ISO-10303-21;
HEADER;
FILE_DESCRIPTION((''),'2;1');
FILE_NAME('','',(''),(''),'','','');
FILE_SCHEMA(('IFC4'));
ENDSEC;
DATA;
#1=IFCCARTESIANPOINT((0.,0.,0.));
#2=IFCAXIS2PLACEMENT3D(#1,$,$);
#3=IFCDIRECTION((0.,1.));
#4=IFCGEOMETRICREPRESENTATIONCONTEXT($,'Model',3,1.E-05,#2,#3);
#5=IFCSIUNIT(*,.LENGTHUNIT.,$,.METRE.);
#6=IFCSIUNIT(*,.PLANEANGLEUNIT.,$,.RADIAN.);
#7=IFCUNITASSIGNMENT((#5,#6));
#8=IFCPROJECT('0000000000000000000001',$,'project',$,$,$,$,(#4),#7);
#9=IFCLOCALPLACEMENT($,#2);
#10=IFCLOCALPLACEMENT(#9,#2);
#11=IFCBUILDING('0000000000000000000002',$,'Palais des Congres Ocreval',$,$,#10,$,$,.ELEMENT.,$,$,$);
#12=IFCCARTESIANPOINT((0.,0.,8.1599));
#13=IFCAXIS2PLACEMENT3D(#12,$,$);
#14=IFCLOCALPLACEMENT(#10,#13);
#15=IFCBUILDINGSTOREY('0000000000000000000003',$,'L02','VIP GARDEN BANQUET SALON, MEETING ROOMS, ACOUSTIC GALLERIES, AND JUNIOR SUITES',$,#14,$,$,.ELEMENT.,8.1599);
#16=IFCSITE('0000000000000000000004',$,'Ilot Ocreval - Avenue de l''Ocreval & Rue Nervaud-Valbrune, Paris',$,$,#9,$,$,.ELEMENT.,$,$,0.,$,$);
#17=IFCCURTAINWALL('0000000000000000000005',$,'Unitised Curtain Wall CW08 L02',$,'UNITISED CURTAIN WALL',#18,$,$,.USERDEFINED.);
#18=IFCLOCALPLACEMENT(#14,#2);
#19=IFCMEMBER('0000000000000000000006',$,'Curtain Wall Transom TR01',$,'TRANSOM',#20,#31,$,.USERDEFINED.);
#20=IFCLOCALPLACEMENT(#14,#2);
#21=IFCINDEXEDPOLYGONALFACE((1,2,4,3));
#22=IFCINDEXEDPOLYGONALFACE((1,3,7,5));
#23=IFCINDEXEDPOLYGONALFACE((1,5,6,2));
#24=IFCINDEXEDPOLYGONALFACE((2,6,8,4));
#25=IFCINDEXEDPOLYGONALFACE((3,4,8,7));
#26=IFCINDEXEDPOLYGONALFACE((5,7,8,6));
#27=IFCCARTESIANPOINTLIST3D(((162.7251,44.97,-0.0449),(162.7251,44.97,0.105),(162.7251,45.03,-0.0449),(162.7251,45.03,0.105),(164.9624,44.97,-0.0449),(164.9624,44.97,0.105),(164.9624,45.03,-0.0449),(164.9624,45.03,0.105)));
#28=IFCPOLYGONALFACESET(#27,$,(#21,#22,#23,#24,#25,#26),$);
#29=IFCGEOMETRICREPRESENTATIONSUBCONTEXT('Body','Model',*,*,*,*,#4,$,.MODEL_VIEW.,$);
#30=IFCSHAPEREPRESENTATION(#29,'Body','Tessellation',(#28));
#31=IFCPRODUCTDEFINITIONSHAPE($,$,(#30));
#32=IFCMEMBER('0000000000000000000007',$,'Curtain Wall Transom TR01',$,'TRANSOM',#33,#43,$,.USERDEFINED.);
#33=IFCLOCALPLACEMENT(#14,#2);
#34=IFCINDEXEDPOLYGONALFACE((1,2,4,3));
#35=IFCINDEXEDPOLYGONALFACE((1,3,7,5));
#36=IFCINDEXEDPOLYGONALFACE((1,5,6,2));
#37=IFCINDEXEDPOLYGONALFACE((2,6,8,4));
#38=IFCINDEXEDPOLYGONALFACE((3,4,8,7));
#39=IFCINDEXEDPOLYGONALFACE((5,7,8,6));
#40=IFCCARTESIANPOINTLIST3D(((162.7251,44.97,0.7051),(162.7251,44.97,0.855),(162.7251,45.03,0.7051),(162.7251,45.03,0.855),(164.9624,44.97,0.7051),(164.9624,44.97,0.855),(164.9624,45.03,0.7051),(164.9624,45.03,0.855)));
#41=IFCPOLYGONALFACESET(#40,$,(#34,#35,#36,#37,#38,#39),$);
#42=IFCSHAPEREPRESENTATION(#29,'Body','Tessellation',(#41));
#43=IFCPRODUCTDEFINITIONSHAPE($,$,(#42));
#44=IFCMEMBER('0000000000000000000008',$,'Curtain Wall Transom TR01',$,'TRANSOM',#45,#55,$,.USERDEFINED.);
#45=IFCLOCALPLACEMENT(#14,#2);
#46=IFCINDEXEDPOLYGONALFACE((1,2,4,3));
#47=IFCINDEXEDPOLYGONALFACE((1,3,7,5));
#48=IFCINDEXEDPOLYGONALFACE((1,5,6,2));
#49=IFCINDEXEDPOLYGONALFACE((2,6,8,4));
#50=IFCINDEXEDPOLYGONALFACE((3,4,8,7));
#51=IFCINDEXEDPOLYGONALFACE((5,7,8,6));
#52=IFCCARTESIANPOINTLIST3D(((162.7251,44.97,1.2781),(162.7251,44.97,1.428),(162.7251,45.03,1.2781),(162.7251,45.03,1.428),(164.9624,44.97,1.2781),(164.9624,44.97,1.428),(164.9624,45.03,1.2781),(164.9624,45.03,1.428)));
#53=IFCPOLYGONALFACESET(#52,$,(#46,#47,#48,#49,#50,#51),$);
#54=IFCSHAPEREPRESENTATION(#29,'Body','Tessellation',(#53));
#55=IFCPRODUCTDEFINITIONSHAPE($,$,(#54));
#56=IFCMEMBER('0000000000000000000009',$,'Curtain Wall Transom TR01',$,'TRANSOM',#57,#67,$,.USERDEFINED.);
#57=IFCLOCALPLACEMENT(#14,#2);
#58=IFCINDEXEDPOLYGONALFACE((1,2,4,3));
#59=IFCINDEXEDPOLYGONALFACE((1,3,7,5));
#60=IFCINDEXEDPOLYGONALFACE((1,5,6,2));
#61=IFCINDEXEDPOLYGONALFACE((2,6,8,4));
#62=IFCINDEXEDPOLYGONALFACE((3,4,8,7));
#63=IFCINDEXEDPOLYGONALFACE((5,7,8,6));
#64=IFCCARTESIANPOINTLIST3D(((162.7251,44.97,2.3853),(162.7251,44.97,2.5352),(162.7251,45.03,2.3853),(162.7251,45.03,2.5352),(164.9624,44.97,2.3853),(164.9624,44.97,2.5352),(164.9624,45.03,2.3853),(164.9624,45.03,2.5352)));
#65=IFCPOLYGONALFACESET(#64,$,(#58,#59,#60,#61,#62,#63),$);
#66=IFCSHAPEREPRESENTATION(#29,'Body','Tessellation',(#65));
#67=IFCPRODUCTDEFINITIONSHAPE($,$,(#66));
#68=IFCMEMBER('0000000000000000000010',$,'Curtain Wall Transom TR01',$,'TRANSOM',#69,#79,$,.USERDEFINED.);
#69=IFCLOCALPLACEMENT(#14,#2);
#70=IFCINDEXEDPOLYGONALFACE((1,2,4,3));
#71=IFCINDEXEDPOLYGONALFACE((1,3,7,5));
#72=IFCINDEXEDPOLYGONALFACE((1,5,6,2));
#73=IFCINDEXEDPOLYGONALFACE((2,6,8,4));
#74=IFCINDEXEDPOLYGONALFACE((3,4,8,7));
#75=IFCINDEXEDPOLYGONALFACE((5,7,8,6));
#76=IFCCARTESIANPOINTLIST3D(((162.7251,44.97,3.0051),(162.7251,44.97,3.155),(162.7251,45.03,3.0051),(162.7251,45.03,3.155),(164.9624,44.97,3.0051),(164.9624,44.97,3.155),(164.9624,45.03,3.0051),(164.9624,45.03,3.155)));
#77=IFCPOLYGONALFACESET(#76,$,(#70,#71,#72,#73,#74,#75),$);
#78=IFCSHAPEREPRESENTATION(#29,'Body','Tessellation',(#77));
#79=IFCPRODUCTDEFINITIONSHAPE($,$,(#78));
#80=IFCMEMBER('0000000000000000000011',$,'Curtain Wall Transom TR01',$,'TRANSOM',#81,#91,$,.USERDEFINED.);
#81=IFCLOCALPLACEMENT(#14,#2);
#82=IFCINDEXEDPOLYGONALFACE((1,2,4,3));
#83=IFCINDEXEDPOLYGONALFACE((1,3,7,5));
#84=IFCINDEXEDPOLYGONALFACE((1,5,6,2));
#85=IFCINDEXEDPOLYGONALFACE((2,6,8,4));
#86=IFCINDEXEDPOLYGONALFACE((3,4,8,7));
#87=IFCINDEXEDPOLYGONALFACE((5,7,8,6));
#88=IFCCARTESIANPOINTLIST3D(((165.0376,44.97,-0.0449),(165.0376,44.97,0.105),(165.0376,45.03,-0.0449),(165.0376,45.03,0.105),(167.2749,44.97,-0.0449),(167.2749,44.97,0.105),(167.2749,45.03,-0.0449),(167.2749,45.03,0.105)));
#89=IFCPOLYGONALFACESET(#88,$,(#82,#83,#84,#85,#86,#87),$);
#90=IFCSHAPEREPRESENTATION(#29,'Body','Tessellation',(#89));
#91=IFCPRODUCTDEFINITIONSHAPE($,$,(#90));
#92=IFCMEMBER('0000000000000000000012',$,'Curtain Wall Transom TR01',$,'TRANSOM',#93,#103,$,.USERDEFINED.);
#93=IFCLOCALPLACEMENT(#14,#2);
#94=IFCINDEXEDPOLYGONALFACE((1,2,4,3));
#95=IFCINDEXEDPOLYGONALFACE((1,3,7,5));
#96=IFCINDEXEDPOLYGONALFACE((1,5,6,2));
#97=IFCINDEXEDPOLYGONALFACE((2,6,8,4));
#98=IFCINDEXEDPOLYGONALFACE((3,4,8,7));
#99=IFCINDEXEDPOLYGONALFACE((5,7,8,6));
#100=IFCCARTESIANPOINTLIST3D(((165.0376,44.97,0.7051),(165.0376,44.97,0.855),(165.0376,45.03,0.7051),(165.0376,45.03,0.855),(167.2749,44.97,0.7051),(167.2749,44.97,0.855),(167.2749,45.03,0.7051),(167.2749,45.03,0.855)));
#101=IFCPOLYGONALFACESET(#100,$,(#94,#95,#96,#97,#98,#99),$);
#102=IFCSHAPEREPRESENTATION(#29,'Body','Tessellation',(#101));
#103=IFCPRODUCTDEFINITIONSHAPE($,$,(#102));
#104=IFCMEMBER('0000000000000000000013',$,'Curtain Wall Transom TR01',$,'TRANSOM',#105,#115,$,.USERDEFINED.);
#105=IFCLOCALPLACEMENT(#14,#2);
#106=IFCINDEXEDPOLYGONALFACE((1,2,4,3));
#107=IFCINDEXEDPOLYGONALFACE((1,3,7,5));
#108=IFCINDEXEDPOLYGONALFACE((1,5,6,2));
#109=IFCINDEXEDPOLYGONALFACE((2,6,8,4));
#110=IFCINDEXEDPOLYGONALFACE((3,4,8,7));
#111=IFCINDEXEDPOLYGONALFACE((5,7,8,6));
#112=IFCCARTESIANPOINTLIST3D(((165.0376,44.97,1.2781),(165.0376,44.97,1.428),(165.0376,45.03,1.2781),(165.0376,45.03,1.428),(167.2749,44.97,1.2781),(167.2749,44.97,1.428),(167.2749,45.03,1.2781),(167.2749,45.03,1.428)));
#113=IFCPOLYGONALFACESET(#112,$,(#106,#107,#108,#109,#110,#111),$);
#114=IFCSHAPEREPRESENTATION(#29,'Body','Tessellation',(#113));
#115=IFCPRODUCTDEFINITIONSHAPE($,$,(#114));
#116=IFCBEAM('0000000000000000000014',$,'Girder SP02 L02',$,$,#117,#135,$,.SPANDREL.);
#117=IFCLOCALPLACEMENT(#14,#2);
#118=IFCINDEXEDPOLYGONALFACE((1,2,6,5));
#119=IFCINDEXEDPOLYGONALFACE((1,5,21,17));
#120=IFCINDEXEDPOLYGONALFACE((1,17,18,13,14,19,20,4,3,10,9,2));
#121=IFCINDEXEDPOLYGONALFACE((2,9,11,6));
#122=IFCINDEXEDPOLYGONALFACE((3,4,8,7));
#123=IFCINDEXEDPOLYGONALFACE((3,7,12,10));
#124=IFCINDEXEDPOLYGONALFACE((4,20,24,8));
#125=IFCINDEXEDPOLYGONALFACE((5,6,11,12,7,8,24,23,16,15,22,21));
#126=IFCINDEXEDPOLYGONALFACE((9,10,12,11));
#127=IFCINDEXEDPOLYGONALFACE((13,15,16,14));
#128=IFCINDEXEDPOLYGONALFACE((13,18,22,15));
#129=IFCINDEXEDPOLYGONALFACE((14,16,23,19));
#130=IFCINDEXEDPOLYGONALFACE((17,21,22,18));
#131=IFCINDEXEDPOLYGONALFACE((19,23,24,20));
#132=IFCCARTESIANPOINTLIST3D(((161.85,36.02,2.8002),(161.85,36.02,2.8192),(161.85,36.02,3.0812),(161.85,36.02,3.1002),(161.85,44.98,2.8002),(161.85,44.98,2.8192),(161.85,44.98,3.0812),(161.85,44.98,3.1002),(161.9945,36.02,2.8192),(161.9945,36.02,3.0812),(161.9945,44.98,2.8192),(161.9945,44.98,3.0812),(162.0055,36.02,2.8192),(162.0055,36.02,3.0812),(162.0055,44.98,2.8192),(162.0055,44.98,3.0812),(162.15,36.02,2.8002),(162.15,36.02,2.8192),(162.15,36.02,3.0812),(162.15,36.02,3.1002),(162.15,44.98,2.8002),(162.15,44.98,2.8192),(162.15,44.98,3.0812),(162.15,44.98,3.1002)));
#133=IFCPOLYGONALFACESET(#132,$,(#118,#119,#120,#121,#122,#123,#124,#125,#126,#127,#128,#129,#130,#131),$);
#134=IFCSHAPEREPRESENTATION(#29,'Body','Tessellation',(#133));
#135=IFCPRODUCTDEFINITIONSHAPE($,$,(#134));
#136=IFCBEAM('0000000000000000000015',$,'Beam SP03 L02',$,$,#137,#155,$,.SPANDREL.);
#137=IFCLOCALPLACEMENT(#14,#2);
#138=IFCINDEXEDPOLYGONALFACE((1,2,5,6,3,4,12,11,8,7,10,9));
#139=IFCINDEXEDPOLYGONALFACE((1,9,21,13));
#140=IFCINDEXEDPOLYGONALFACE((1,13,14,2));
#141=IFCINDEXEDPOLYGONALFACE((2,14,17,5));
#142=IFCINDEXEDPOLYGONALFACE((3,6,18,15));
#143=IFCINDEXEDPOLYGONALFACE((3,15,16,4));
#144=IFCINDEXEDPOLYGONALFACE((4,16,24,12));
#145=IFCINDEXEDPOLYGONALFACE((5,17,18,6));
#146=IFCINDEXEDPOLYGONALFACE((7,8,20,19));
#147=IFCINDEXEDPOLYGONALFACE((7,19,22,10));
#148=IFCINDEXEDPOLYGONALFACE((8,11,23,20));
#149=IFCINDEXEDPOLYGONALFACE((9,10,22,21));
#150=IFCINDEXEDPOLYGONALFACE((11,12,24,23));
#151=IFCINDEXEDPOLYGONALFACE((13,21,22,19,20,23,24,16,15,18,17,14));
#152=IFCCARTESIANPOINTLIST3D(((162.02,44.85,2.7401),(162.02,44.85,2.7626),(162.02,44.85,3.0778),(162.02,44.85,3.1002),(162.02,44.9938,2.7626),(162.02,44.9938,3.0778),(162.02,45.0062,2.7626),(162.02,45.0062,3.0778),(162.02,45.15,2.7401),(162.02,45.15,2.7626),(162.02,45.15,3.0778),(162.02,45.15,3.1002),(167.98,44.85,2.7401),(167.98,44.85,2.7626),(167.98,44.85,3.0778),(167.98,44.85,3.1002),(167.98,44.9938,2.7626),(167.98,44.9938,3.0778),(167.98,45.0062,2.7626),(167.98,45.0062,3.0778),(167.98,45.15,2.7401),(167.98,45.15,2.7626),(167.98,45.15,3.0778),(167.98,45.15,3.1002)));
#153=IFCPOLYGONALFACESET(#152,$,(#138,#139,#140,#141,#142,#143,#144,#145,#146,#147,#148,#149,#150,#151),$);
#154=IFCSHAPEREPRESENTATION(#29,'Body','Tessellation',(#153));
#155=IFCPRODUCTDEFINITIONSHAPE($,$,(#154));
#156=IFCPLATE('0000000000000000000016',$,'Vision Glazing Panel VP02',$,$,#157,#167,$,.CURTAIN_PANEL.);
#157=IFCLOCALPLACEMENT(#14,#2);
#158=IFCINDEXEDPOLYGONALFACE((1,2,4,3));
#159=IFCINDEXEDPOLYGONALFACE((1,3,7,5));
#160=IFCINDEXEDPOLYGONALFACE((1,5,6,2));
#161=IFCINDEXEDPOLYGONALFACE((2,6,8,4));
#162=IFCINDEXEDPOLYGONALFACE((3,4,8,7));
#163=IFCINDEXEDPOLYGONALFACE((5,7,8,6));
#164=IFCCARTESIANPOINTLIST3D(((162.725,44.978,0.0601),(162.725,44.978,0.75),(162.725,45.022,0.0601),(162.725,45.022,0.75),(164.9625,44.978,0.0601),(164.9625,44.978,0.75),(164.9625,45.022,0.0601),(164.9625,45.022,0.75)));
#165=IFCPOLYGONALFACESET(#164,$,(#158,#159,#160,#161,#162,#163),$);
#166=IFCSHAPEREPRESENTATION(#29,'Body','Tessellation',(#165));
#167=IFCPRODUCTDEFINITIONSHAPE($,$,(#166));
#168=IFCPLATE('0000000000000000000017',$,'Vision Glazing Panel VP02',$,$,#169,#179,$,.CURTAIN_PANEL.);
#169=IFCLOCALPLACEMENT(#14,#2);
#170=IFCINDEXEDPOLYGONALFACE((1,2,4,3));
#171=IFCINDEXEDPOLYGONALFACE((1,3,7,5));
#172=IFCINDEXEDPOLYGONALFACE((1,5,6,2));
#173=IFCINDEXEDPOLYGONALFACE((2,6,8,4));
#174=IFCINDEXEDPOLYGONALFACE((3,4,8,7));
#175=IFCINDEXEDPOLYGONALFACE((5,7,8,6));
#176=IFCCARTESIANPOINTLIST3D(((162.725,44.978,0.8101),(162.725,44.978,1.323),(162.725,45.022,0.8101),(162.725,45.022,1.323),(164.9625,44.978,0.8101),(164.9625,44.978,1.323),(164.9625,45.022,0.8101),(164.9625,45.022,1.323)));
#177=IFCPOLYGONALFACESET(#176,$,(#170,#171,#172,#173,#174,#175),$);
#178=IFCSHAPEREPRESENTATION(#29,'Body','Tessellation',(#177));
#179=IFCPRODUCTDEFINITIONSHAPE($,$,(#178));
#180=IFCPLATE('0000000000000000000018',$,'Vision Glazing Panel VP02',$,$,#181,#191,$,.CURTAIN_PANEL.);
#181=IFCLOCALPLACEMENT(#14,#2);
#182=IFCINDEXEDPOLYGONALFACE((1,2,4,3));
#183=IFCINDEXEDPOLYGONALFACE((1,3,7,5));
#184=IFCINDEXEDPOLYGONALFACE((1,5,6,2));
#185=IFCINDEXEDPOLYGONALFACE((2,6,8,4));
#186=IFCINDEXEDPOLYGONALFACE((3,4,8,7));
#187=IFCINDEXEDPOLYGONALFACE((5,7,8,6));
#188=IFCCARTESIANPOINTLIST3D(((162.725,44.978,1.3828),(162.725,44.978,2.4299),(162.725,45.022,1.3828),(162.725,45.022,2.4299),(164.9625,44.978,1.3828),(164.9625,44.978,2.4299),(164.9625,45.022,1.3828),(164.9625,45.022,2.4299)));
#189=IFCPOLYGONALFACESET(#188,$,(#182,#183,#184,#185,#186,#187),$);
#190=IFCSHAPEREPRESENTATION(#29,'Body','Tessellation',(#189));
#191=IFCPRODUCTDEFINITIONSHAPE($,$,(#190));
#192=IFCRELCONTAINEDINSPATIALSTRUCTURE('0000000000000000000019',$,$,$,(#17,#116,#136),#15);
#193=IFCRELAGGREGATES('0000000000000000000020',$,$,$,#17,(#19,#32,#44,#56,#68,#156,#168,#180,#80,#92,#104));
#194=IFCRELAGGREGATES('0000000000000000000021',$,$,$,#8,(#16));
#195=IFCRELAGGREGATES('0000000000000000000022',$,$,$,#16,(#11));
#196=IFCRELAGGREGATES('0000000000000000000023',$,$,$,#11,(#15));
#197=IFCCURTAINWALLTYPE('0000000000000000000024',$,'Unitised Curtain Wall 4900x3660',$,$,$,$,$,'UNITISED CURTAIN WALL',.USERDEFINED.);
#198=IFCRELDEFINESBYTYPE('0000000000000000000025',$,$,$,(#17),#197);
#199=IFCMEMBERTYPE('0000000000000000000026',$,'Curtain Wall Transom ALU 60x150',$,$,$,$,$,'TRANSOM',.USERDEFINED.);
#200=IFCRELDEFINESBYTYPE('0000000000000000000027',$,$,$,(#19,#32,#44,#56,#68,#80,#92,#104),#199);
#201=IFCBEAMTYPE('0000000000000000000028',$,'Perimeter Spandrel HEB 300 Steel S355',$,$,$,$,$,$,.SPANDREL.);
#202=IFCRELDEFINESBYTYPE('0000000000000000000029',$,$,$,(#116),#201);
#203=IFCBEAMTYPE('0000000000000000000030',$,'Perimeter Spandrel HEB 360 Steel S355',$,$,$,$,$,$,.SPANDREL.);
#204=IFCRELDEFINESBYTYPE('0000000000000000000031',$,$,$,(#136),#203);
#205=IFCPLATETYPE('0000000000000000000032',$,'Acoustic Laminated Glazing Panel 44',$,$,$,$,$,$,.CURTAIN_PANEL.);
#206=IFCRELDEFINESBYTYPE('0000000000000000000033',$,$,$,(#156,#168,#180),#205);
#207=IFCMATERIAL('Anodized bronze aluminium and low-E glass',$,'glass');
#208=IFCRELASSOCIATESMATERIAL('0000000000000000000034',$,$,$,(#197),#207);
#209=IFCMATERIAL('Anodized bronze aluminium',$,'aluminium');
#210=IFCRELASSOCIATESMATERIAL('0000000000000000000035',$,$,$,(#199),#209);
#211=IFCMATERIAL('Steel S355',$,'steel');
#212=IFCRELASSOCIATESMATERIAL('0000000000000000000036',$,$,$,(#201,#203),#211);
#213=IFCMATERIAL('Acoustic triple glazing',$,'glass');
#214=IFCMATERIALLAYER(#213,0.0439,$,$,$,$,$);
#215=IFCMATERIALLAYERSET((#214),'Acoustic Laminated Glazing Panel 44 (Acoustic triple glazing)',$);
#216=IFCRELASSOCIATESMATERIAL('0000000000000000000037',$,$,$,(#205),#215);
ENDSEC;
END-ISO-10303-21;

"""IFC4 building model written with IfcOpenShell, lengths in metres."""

from ifc_helpers import new_model, si_unit, direction, frame, origin, origin_2d, place, context, subcontext, project, spatial, rectangle, i_section, extrude, material, layer, layer_set, material_profile, profile_set, type_object, element, aggregate, save


model = new_model("IFC4")

# Units and contexts
model_context = context("Model", 3, precision=1e-05, world=origin(), true_north=direction((0.0, 1.0)))
body_context = subcontext(model_context, "Body", "Model", "MODEL_VIEW")
ifc_project = project(units=[si_unit("LENGTHUNIT", "METRE"), si_unit("PLANEANGLEUNIT", "RADIAN")], contexts=[model_context])

# Site, building, storey
site_placement = place(None, origin())
site = spatial("IfcSite", under=ifc_project, at=site_placement, Name="Ilot Ocreval - Avenue de l'Ocreval & Rue Nervaud-Valbrune, Paris", CompositionType="ELEMENT", RefElevation=0.0)
building_placement = place(site_placement, origin())
building = spatial("IfcBuilding", under=site, at=building_placement, Name="Palais des Congres Ocreval", CompositionType="ELEMENT")
storey_placement = place(building_placement, frame((0.0, 0.0, 8.1599)))
storey = spatial("IfcBuildingStorey", under=building, at=storey_placement, Name="L02", Description="VIP GARDEN BANQUET SALON, MEETING ROOMS, ACOUSTIC GALLERIES, AND JUNIOR SUITES", CompositionType="ELEMENT", Elevation=8.1599)

# Shared definitions
ifc_material_1 = material(Name="Steel S355", Category="steel")

# Curtain wall
ifc_material_2 = material(Name="Anodized bronze aluminium and low-E glass", Category="glass")
ifc_material_3 = material(Name="Anodized bronze aluminium", Category="aluminium")
curtain_wall_type_1 = type_object("IfcCurtainWallType", Name="Unitised Curtain Wall 4900x3660", ElementType="UNITISED CURTAIN WALL", PredefinedType="USERDEFINED", material=ifc_material_2)
curtain_wall_1_placement = place(storey_placement, origin())
curtain_wall_1 = element("IfcCurtainWall", 1, at=curtain_wall_1_placement, inside=storey, type_object=curtain_wall_type_1, Name="Unitised Curtain Wall CW08 L02", ObjectType="UNITISED CURTAIN WALL", PredefinedType="USERDEFINED")

# Members
ifc_material_profile_1 = material_profile(ifc_material_3, rectangle(XDim=0.0601, YDim=0.1499, at=origin_2d()), Name="ALU 60x150")
ifc_profile_set_1 = profile_set([ifc_material_profile_1], Name="Anodized bronze aluminium")
member_type_1 = type_object("IfcMemberType", Name="Curtain Wall Transom ALU 60x150", ElementType="TRANSOM", PredefinedType="USERDEFINED", material=ifc_profile_set_1)
member_1_placement = place(storey_placement, frame((162.7251, 45.0, 0.03), z_axis=(1.0, 0.0, 0.0), x_axis=(0.0, 1.0, 0.0)))
member_1 = element("IfcMember", 2, at=member_1_placement, type_object=member_type_1, Name="Curtain Wall Transom TR01", ObjectType="TRANSOM", PredefinedType="USERDEFINED", context=body_context, shape_type="SweptSolid", body=[
    extrude(rectangle(XDim=0.0601, YDim=0.1499, at=origin_2d()), origin(), (0.0, 0.0, 1.0), 2.2373),
])
member_2_placement = place(storey_placement, frame((162.7251, 45.0, 0.78), z_axis=(1.0, 0.0, 0.0), x_axis=(0.0, 1.0, 0.0)))
member_2 = element("IfcMember", 3, at=member_2_placement, type_object=member_type_1, Name="Curtain Wall Transom TR01", ObjectType="TRANSOM", PredefinedType="USERDEFINED", context=body_context, shape_type="SweptSolid", body=[
    extrude(rectangle(XDim=0.0601, YDim=0.1499, at=origin_2d()), origin(), (0.0, 0.0, 1.0), 2.2373),
])
member_3_placement = place(storey_placement, frame((162.7251, 45.0, 1.353), z_axis=(1.0, 0.0, 0.0), x_axis=(0.0, 1.0, 0.0)))
member_3 = element("IfcMember", 4, at=member_3_placement, type_object=member_type_1, Name="Curtain Wall Transom TR01", ObjectType="TRANSOM", PredefinedType="USERDEFINED", context=body_context, shape_type="SweptSolid", body=[
    extrude(rectangle(XDim=0.0601, YDim=0.1499, at=origin_2d()), origin(), (0.0, 0.0, 1.0), 2.2373),
])
member_4_placement = place(storey_placement, frame((162.7251, 45.0, 2.4602), z_axis=(1.0, 0.0, 0.0), x_axis=(0.0, 1.0, 0.0)))
member_4 = element("IfcMember", 5, at=member_4_placement, type_object=member_type_1, Name="Curtain Wall Transom TR01", ObjectType="TRANSOM", PredefinedType="USERDEFINED", context=body_context, shape_type="SweptSolid", body=[
    extrude(rectangle(XDim=0.0601, YDim=0.1499, at=origin_2d()), origin(), (0.0, 0.0, 1.0), 2.2373),
])
member_5_placement = place(storey_placement, frame((162.7251, 45.0, 3.0801), z_axis=(1.0, 0.0, 0.0), x_axis=(0.0, 1.0, 0.0)))
member_5 = element("IfcMember", 6, at=member_5_placement, type_object=member_type_1, Name="Curtain Wall Transom TR01", ObjectType="TRANSOM", PredefinedType="USERDEFINED", context=body_context, shape_type="SweptSolid", body=[
    extrude(rectangle(XDim=0.0601, YDim=0.1499, at=origin_2d()), origin(), (0.0, 0.0, 1.0), 2.2373),
])
member_6_placement = place(storey_placement, frame((165.0376, 45.0, 0.03), z_axis=(1.0, 0.0, 0.0), x_axis=(0.0, 1.0, 0.0)))
member_6 = element("IfcMember", 7, at=member_6_placement, type_object=member_type_1, Name="Curtain Wall Transom TR01", ObjectType="TRANSOM", PredefinedType="USERDEFINED", context=body_context, shape_type="SweptSolid", body=[
    extrude(rectangle(XDim=0.0601, YDim=0.1499, at=origin_2d()), origin(), (0.0, 0.0, 1.0), 2.2373),
])
member_7_placement = place(storey_placement, frame((165.0376, 45.0, 0.78), z_axis=(1.0, 0.0, 0.0), x_axis=(0.0, 1.0, 0.0)))
member_7 = element("IfcMember", 8, at=member_7_placement, type_object=member_type_1, Name="Curtain Wall Transom TR01", ObjectType="TRANSOM", PredefinedType="USERDEFINED", context=body_context, shape_type="SweptSolid", body=[
    extrude(rectangle(XDim=0.0601, YDim=0.1499, at=origin_2d()), origin(), (0.0, 0.0, 1.0), 2.2373),
])
member_8_placement = place(storey_placement, frame((165.0376, 45.0, 1.353), z_axis=(1.0, 0.0, 0.0), x_axis=(0.0, 1.0, 0.0)))
member_8 = element("IfcMember", 9, at=member_8_placement, type_object=member_type_1, Name="Curtain Wall Transom TR01", ObjectType="TRANSOM", PredefinedType="USERDEFINED", context=body_context, shape_type="SweptSolid", body=[
    extrude(rectangle(XDim=0.0601, YDim=0.1499, at=origin_2d()), origin(), (0.0, 0.0, 1.0), 2.2373),
])

# Beams
ifc_material_profile_2 = material_profile(ifc_material_1, i_section(OverallWidth=0.3, OverallDepth=0.3, WebThickness=0.011, FlangeThickness=0.019, at=origin_2d()), Name="HEB 300")
ifc_profile_set_2 = profile_set([ifc_material_profile_2], Name="Steel S355")
beam_type_1 = type_object("IfcBeamType", Name="Perimeter Spandrel HEB 300 Steel S355", PredefinedType="SPANDREL", material=ifc_profile_set_2)
beam_1_placement = place(storey_placement, frame((162.0, 36.02, 2.9502), z_axis=(0.0, 1.0, 0.0), x_axis=(-1.0, 0.0, 0.0)))
element("IfcBeam", 10, at=beam_1_placement, inside=storey, type_object=beam_type_1, Name="Girder SP02 L02", PredefinedType="SPANDREL", context=body_context, shape_type="SweptSolid", body=[
    extrude(i_section(OverallWidth=0.3, OverallDepth=0.3, WebThickness=0.011, FlangeThickness=0.019, at=origin_2d()), origin(), (0.0, 0.0, 1.0), 8.96),
])
ifc_material_profile_3 = material_profile(ifc_material_1, i_section(OverallWidth=0.3, OverallDepth=0.3601, WebThickness=0.0125, FlangeThickness=0.0225, at=origin_2d()), Name="HEB 360")
ifc_profile_set_3 = profile_set([ifc_material_profile_3], Name="Steel S355")
beam_type_2 = type_object("IfcBeamType", Name="Perimeter Spandrel HEB 360 Steel S355", PredefinedType="SPANDREL", material=ifc_profile_set_3)
beam_2_placement = place(storey_placement, frame((162.02, 45.0, 2.9202), z_axis=(1.0, 0.0, 0.0), x_axis=(0.0, 1.0, 0.0)))
element("IfcBeam", 11, at=beam_2_placement, inside=storey, type_object=beam_type_2, Name="Beam SP03 L02", PredefinedType="SPANDREL", context=body_context, shape_type="SweptSolid", body=[
    extrude(i_section(OverallWidth=0.3, OverallDepth=0.3601, WebThickness=0.0125, FlangeThickness=0.0225, at=origin_2d()), origin(), (0.0, 0.0, 1.0), 5.96),
])

# Plates
ifc_material_4 = material(Name="Acoustic triple glazing", Category="glass")
ifc_layer_1 = layer(ifc_material_4, 0.0439)
ifc_layer_set_1 = layer_set([ifc_layer_1], Name="Acoustic Laminated Glazing Panel 44 (Acoustic triple glazing)")
plate_type_1 = type_object("IfcPlateType", Name="Acoustic Laminated Glazing Panel 44", PredefinedType="CURTAIN_PANEL", material=ifc_layer_set_1)
plate_1_placement = place(storey_placement, frame((163.8438, 45.0, 0.0601), z_axis=(0.0, 0.0, 1.0), x_axis=(1.0, 0.0, 0.0)))
plate_1 = element("IfcPlate", 12, at=plate_1_placement, type_object=plate_type_1, Name="Vision Glazing Panel VP02", PredefinedType="CURTAIN_PANEL", context=body_context, shape_type="SweptSolid", body=[
    extrude(rectangle(XDim=2.2375, YDim=0.0439, at=origin_2d()), origin(), (0.0, 0.0, 1.0), 0.6899),
])
plate_2_placement = place(storey_placement, frame((163.8438, 45.0, 0.8101), z_axis=(0.0, 0.0, 1.0), x_axis=(1.0, 0.0, 0.0)))
plate_2 = element("IfcPlate", 13, at=plate_2_placement, type_object=plate_type_1, Name="Vision Glazing Panel VP02", PredefinedType="CURTAIN_PANEL", context=body_context, shape_type="SweptSolid", body=[
    extrude(rectangle(XDim=2.2375, YDim=0.0439, at=origin_2d()), origin(), (0.0, 0.0, 1.0), 0.5129),
])
plate_3_placement = place(storey_placement, frame((163.8438, 45.0, 1.3828), z_axis=(0.0, 0.0, 1.0), x_axis=(1.0, 0.0, 0.0)))
plate_3 = element("IfcPlate", 14, at=plate_3_placement, type_object=plate_type_1, Name="Vision Glazing Panel VP02", PredefinedType="CURTAIN_PANEL", context=body_context, shape_type="SweptSolid", body=[
    extrude(rectangle(XDim=2.2375, YDim=0.0439, at=origin_2d()), origin(), (0.0, 0.0, 1.0), 1.0471),
])
aggregate(curtain_wall_1, [member_1, member_2, member_3, member_4, member_5, plate_1, plate_2, plate_3, member_6, member_7, member_8])

save(model, "model.ifc")
